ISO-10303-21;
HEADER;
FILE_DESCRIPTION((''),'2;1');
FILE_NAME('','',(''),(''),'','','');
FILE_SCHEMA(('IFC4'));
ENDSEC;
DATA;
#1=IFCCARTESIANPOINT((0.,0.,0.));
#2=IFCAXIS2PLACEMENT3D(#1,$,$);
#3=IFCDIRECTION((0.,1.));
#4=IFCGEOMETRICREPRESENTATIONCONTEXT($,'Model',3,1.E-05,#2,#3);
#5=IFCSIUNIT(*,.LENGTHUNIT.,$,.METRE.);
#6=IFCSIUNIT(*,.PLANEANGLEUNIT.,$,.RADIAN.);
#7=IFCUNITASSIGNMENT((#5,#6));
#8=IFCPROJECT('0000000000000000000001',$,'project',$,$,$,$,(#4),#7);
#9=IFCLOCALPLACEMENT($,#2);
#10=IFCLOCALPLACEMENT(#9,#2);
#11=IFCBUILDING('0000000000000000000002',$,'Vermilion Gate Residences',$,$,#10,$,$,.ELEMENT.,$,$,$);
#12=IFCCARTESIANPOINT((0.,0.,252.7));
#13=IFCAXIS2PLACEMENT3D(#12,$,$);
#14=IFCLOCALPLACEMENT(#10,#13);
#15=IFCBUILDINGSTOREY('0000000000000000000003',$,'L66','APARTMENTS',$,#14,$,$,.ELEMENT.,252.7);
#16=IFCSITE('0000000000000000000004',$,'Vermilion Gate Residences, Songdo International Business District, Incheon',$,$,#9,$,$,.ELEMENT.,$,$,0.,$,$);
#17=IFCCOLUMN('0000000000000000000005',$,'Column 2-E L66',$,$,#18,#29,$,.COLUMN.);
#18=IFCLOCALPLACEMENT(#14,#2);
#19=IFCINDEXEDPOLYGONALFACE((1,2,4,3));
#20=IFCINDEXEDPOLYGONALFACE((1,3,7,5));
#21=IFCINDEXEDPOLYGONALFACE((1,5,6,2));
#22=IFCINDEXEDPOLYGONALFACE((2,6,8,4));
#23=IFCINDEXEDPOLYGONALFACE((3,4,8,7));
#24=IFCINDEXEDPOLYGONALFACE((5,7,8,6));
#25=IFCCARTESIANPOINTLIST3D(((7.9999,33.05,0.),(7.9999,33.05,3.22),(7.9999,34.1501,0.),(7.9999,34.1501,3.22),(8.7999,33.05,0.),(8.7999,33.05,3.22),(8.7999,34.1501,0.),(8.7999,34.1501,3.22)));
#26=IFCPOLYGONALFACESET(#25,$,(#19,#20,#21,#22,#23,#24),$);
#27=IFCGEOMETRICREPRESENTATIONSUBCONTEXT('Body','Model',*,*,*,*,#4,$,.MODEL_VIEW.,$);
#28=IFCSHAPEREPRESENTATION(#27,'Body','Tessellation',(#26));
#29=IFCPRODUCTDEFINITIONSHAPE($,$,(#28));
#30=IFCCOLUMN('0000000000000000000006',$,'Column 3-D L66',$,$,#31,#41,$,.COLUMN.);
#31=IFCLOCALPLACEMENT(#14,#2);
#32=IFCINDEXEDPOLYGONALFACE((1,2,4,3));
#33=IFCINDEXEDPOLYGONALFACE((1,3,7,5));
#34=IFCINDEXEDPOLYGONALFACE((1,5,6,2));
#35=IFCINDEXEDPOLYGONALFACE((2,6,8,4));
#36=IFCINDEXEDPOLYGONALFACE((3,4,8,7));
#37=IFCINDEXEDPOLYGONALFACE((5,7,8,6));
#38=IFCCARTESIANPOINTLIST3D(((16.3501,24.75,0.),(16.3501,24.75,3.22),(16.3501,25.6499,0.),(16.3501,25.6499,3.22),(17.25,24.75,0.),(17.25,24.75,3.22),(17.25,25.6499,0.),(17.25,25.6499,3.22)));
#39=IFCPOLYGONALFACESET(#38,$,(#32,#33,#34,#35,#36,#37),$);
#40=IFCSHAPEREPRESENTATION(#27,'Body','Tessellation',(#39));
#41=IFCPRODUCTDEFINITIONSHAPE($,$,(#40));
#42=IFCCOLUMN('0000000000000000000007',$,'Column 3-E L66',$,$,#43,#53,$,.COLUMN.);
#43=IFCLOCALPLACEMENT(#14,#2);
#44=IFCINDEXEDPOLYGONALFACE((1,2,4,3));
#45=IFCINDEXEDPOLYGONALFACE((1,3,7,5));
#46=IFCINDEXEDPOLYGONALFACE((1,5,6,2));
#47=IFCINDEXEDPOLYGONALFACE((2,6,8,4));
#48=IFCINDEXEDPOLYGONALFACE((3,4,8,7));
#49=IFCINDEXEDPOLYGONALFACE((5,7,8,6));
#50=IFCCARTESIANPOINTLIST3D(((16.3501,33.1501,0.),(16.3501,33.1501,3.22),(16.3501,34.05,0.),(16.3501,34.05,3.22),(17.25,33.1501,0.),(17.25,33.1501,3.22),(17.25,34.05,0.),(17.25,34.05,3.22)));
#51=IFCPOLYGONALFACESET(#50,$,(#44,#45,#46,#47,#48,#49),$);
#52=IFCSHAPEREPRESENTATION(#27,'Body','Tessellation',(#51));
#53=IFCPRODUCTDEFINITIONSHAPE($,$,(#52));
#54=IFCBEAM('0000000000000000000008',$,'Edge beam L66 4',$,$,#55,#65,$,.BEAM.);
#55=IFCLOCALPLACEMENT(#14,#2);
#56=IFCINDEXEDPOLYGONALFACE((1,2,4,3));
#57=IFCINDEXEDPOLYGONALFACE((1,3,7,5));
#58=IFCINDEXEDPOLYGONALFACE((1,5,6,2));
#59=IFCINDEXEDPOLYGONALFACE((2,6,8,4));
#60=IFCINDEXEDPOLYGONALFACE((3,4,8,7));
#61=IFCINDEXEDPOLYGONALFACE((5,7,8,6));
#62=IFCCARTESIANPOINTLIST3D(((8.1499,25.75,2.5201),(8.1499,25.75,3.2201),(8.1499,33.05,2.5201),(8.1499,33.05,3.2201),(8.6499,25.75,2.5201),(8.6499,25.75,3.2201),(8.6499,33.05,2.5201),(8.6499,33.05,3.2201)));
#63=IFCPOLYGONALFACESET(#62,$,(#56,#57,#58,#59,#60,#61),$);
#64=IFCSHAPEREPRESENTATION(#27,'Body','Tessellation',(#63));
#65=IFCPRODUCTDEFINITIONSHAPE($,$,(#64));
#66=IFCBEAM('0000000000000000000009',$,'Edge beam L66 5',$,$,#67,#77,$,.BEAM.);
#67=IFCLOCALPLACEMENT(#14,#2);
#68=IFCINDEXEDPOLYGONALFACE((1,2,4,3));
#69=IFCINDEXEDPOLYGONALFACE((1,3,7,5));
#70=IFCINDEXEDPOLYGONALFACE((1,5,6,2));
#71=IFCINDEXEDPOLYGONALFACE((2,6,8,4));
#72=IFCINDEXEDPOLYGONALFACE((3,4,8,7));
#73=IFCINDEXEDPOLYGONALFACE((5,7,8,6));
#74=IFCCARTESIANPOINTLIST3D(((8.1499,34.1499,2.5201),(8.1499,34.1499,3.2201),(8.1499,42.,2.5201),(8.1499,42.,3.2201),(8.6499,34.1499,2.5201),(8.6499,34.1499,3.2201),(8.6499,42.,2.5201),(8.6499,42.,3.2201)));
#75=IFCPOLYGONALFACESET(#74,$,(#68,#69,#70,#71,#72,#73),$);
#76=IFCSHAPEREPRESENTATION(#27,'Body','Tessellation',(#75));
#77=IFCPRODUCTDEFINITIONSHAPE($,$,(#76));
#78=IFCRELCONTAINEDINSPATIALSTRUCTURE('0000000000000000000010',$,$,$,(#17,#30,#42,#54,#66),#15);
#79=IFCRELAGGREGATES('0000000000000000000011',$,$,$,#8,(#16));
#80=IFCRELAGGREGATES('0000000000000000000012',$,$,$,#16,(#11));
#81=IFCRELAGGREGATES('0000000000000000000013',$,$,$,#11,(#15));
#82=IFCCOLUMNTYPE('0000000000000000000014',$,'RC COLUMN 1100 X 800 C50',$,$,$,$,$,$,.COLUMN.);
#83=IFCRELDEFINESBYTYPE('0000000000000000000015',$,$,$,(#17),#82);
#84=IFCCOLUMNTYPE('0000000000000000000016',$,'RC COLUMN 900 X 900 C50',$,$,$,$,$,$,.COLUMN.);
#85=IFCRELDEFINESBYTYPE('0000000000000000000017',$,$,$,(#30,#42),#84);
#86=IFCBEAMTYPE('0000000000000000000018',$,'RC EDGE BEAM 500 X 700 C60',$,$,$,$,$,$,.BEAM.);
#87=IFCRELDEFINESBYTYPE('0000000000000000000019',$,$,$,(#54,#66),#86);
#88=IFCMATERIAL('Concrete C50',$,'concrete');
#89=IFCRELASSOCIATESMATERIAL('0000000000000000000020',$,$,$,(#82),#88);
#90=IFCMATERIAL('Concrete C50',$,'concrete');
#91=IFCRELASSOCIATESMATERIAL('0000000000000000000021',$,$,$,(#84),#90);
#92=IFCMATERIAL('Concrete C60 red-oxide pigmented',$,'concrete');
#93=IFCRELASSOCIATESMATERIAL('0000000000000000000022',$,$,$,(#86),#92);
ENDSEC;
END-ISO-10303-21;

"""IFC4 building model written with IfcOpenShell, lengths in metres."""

from ifc_helpers import new_model, si_unit, direction, frame, origin, origin_2d, place, context, subcontext, project, spatial, rectangle, extrude, material, material_profile, profile_set, type_object, element, save


model = new_model("IFC4")

# Units and contexts
model_context = context("Model", 3, precision=1e-05, world=origin(), true_north=direction((0.0, 1.0)))
body_context = subcontext(model_context, "Body", "Model", "MODEL_VIEW")
ifc_project = project(units=[si_unit("LENGTHUNIT", "METRE"), si_unit("PLANEANGLEUNIT", "RADIAN")], contexts=[model_context])

# Site, building, storey
site_placement = place(None, origin())
site = spatial("IfcSite", under=ifc_project, at=site_placement, Name="Vermilion Gate Residences, Songdo International Business District, Incheon", CompositionType="ELEMENT", RefElevation=0.0)
building_placement = place(site_placement, origin())
building = spatial("IfcBuilding", under=site, at=building_placement, Name="Vermilion Gate Residences", CompositionType="ELEMENT")
storey_placement = place(building_placement, frame((0.0, 0.0, 252.7)))
storey = spatial("IfcBuildingStorey", under=building, at=storey_placement, Name="L66", Description="APARTMENTS", CompositionType="ELEMENT", Elevation=252.7)

# Columns
ifc_material_1 = material(Name="Concrete C50", Category="concrete")
ifc_material_profile_1 = material_profile(ifc_material_1, rectangle(XDim=1.1001, YDim=0.8, at=origin_2d()), Name="RC-1100x800")
ifc_profile_set_1 = profile_set([ifc_material_profile_1], Name="Concrete C50")
column_type_1 = type_object("IfcColumnType", Name="RC COLUMN 1100 X 800 C50", PredefinedType="COLUMN", material=ifc_profile_set_1)
column_placement = place(storey_placement, frame((8.3999, 33.6001, 0.0), z_axis=(0.0, 0.0, 1.0), x_axis=(0.0, 1.0, 0.0)))
element("IfcColumn", 1, at=column_placement, inside=storey, type_object=column_type_1, Name="Column 2-E L66", PredefinedType="COLUMN", context=body_context, shape_type="SweptSolid", body=[
    extrude(rectangle(XDim=1.1001, YDim=0.8, at=origin_2d()), origin(), (0.0, 0.0, 1.0), 3.22),
])
ifc_material_2 = material(Name="Concrete C50", Category="concrete")
ifc_material_profile_2 = material_profile(ifc_material_2, rectangle(XDim=0.8999, YDim=0.8999, at=origin_2d()), Name="RC-900x900")
ifc_profile_set_2 = profile_set([ifc_material_profile_2], Name="Concrete C50")
column_type_2 = type_object("IfcColumnType", Name="RC COLUMN 900 X 900 C50", PredefinedType="COLUMN", material=ifc_profile_set_2)
for number, where, z_axis, x_axis, name in (
    (2, (16.8, 25.2, 0.0), (0.0, 0.0, 1.0), (1.0, 0.0, 0.0), "Column 3-D L66"),
    (3, (16.8, 33.6001, 0.0), (0.0, 0.0, 1.0), (1.0, 0.0, 0.0), "Column 3-E L66"),
):
    element("IfcColumn", number, at=place(storey_placement, frame(where, z_axis=z_axis, x_axis=x_axis)), inside=storey, type_object=column_type_2, Name=name, PredefinedType="COLUMN", context=body_context, shape_type="SweptSolid", body=[
        extrude(rectangle(XDim=0.8999, YDim=0.8999, at=origin_2d()), origin(), (0.0, 0.0, 1.0), 3.22),
    ])

# Beams
ifc_material_3 = material(Name="Concrete C60 red-oxide pigmented", Category="concrete")
ifc_material_profile_3 = material_profile(ifc_material_3, rectangle(XDim=0.5, YDim=0.7, at=origin_2d()), Name="RC-500x700")
ifc_profile_set_3 = profile_set([ifc_material_profile_3], Name="Concrete C60 red-oxide pigmented")
beam_type = type_object("IfcBeamType", Name="RC EDGE BEAM 500 X 700 C60", PredefinedType="BEAM", material=ifc_profile_set_3)
beam_1_placement = place(storey_placement, frame((8.3999, 25.75, 2.8701), z_axis=(0.0, 1.0, 0.0), x_axis=(-1.0, 0.0, 0.0)))
element("IfcBeam", 4, at=beam_1_placement, inside=storey, type_object=beam_type, Name="Edge beam L66 4", PredefinedType="BEAM", context=body_context, shape_type="SweptSolid", body=[
    extrude(rectangle(XDim=0.5, YDim=0.7, at=origin_2d()), origin(), (0.0, 0.0, 1.0), 7.3),
])
beam_2_placement = place(storey_placement, frame((8.3999, 34.1499, 2.8701), z_axis=(0.0, 1.0, 0.0), x_axis=(-1.0, 0.0, 0.0)))
element("IfcBeam", 5, at=beam_2_placement, inside=storey, type_object=beam_type, Name="Edge beam L66 5", PredefinedType="BEAM", context=body_context, shape_type="SweptSolid", body=[
    extrude(rectangle(XDim=0.5, YDim=0.7, at=origin_2d()), origin(), (0.0, 0.0, 1.0), 7.8501),
])

save(model, "model.ifc")
